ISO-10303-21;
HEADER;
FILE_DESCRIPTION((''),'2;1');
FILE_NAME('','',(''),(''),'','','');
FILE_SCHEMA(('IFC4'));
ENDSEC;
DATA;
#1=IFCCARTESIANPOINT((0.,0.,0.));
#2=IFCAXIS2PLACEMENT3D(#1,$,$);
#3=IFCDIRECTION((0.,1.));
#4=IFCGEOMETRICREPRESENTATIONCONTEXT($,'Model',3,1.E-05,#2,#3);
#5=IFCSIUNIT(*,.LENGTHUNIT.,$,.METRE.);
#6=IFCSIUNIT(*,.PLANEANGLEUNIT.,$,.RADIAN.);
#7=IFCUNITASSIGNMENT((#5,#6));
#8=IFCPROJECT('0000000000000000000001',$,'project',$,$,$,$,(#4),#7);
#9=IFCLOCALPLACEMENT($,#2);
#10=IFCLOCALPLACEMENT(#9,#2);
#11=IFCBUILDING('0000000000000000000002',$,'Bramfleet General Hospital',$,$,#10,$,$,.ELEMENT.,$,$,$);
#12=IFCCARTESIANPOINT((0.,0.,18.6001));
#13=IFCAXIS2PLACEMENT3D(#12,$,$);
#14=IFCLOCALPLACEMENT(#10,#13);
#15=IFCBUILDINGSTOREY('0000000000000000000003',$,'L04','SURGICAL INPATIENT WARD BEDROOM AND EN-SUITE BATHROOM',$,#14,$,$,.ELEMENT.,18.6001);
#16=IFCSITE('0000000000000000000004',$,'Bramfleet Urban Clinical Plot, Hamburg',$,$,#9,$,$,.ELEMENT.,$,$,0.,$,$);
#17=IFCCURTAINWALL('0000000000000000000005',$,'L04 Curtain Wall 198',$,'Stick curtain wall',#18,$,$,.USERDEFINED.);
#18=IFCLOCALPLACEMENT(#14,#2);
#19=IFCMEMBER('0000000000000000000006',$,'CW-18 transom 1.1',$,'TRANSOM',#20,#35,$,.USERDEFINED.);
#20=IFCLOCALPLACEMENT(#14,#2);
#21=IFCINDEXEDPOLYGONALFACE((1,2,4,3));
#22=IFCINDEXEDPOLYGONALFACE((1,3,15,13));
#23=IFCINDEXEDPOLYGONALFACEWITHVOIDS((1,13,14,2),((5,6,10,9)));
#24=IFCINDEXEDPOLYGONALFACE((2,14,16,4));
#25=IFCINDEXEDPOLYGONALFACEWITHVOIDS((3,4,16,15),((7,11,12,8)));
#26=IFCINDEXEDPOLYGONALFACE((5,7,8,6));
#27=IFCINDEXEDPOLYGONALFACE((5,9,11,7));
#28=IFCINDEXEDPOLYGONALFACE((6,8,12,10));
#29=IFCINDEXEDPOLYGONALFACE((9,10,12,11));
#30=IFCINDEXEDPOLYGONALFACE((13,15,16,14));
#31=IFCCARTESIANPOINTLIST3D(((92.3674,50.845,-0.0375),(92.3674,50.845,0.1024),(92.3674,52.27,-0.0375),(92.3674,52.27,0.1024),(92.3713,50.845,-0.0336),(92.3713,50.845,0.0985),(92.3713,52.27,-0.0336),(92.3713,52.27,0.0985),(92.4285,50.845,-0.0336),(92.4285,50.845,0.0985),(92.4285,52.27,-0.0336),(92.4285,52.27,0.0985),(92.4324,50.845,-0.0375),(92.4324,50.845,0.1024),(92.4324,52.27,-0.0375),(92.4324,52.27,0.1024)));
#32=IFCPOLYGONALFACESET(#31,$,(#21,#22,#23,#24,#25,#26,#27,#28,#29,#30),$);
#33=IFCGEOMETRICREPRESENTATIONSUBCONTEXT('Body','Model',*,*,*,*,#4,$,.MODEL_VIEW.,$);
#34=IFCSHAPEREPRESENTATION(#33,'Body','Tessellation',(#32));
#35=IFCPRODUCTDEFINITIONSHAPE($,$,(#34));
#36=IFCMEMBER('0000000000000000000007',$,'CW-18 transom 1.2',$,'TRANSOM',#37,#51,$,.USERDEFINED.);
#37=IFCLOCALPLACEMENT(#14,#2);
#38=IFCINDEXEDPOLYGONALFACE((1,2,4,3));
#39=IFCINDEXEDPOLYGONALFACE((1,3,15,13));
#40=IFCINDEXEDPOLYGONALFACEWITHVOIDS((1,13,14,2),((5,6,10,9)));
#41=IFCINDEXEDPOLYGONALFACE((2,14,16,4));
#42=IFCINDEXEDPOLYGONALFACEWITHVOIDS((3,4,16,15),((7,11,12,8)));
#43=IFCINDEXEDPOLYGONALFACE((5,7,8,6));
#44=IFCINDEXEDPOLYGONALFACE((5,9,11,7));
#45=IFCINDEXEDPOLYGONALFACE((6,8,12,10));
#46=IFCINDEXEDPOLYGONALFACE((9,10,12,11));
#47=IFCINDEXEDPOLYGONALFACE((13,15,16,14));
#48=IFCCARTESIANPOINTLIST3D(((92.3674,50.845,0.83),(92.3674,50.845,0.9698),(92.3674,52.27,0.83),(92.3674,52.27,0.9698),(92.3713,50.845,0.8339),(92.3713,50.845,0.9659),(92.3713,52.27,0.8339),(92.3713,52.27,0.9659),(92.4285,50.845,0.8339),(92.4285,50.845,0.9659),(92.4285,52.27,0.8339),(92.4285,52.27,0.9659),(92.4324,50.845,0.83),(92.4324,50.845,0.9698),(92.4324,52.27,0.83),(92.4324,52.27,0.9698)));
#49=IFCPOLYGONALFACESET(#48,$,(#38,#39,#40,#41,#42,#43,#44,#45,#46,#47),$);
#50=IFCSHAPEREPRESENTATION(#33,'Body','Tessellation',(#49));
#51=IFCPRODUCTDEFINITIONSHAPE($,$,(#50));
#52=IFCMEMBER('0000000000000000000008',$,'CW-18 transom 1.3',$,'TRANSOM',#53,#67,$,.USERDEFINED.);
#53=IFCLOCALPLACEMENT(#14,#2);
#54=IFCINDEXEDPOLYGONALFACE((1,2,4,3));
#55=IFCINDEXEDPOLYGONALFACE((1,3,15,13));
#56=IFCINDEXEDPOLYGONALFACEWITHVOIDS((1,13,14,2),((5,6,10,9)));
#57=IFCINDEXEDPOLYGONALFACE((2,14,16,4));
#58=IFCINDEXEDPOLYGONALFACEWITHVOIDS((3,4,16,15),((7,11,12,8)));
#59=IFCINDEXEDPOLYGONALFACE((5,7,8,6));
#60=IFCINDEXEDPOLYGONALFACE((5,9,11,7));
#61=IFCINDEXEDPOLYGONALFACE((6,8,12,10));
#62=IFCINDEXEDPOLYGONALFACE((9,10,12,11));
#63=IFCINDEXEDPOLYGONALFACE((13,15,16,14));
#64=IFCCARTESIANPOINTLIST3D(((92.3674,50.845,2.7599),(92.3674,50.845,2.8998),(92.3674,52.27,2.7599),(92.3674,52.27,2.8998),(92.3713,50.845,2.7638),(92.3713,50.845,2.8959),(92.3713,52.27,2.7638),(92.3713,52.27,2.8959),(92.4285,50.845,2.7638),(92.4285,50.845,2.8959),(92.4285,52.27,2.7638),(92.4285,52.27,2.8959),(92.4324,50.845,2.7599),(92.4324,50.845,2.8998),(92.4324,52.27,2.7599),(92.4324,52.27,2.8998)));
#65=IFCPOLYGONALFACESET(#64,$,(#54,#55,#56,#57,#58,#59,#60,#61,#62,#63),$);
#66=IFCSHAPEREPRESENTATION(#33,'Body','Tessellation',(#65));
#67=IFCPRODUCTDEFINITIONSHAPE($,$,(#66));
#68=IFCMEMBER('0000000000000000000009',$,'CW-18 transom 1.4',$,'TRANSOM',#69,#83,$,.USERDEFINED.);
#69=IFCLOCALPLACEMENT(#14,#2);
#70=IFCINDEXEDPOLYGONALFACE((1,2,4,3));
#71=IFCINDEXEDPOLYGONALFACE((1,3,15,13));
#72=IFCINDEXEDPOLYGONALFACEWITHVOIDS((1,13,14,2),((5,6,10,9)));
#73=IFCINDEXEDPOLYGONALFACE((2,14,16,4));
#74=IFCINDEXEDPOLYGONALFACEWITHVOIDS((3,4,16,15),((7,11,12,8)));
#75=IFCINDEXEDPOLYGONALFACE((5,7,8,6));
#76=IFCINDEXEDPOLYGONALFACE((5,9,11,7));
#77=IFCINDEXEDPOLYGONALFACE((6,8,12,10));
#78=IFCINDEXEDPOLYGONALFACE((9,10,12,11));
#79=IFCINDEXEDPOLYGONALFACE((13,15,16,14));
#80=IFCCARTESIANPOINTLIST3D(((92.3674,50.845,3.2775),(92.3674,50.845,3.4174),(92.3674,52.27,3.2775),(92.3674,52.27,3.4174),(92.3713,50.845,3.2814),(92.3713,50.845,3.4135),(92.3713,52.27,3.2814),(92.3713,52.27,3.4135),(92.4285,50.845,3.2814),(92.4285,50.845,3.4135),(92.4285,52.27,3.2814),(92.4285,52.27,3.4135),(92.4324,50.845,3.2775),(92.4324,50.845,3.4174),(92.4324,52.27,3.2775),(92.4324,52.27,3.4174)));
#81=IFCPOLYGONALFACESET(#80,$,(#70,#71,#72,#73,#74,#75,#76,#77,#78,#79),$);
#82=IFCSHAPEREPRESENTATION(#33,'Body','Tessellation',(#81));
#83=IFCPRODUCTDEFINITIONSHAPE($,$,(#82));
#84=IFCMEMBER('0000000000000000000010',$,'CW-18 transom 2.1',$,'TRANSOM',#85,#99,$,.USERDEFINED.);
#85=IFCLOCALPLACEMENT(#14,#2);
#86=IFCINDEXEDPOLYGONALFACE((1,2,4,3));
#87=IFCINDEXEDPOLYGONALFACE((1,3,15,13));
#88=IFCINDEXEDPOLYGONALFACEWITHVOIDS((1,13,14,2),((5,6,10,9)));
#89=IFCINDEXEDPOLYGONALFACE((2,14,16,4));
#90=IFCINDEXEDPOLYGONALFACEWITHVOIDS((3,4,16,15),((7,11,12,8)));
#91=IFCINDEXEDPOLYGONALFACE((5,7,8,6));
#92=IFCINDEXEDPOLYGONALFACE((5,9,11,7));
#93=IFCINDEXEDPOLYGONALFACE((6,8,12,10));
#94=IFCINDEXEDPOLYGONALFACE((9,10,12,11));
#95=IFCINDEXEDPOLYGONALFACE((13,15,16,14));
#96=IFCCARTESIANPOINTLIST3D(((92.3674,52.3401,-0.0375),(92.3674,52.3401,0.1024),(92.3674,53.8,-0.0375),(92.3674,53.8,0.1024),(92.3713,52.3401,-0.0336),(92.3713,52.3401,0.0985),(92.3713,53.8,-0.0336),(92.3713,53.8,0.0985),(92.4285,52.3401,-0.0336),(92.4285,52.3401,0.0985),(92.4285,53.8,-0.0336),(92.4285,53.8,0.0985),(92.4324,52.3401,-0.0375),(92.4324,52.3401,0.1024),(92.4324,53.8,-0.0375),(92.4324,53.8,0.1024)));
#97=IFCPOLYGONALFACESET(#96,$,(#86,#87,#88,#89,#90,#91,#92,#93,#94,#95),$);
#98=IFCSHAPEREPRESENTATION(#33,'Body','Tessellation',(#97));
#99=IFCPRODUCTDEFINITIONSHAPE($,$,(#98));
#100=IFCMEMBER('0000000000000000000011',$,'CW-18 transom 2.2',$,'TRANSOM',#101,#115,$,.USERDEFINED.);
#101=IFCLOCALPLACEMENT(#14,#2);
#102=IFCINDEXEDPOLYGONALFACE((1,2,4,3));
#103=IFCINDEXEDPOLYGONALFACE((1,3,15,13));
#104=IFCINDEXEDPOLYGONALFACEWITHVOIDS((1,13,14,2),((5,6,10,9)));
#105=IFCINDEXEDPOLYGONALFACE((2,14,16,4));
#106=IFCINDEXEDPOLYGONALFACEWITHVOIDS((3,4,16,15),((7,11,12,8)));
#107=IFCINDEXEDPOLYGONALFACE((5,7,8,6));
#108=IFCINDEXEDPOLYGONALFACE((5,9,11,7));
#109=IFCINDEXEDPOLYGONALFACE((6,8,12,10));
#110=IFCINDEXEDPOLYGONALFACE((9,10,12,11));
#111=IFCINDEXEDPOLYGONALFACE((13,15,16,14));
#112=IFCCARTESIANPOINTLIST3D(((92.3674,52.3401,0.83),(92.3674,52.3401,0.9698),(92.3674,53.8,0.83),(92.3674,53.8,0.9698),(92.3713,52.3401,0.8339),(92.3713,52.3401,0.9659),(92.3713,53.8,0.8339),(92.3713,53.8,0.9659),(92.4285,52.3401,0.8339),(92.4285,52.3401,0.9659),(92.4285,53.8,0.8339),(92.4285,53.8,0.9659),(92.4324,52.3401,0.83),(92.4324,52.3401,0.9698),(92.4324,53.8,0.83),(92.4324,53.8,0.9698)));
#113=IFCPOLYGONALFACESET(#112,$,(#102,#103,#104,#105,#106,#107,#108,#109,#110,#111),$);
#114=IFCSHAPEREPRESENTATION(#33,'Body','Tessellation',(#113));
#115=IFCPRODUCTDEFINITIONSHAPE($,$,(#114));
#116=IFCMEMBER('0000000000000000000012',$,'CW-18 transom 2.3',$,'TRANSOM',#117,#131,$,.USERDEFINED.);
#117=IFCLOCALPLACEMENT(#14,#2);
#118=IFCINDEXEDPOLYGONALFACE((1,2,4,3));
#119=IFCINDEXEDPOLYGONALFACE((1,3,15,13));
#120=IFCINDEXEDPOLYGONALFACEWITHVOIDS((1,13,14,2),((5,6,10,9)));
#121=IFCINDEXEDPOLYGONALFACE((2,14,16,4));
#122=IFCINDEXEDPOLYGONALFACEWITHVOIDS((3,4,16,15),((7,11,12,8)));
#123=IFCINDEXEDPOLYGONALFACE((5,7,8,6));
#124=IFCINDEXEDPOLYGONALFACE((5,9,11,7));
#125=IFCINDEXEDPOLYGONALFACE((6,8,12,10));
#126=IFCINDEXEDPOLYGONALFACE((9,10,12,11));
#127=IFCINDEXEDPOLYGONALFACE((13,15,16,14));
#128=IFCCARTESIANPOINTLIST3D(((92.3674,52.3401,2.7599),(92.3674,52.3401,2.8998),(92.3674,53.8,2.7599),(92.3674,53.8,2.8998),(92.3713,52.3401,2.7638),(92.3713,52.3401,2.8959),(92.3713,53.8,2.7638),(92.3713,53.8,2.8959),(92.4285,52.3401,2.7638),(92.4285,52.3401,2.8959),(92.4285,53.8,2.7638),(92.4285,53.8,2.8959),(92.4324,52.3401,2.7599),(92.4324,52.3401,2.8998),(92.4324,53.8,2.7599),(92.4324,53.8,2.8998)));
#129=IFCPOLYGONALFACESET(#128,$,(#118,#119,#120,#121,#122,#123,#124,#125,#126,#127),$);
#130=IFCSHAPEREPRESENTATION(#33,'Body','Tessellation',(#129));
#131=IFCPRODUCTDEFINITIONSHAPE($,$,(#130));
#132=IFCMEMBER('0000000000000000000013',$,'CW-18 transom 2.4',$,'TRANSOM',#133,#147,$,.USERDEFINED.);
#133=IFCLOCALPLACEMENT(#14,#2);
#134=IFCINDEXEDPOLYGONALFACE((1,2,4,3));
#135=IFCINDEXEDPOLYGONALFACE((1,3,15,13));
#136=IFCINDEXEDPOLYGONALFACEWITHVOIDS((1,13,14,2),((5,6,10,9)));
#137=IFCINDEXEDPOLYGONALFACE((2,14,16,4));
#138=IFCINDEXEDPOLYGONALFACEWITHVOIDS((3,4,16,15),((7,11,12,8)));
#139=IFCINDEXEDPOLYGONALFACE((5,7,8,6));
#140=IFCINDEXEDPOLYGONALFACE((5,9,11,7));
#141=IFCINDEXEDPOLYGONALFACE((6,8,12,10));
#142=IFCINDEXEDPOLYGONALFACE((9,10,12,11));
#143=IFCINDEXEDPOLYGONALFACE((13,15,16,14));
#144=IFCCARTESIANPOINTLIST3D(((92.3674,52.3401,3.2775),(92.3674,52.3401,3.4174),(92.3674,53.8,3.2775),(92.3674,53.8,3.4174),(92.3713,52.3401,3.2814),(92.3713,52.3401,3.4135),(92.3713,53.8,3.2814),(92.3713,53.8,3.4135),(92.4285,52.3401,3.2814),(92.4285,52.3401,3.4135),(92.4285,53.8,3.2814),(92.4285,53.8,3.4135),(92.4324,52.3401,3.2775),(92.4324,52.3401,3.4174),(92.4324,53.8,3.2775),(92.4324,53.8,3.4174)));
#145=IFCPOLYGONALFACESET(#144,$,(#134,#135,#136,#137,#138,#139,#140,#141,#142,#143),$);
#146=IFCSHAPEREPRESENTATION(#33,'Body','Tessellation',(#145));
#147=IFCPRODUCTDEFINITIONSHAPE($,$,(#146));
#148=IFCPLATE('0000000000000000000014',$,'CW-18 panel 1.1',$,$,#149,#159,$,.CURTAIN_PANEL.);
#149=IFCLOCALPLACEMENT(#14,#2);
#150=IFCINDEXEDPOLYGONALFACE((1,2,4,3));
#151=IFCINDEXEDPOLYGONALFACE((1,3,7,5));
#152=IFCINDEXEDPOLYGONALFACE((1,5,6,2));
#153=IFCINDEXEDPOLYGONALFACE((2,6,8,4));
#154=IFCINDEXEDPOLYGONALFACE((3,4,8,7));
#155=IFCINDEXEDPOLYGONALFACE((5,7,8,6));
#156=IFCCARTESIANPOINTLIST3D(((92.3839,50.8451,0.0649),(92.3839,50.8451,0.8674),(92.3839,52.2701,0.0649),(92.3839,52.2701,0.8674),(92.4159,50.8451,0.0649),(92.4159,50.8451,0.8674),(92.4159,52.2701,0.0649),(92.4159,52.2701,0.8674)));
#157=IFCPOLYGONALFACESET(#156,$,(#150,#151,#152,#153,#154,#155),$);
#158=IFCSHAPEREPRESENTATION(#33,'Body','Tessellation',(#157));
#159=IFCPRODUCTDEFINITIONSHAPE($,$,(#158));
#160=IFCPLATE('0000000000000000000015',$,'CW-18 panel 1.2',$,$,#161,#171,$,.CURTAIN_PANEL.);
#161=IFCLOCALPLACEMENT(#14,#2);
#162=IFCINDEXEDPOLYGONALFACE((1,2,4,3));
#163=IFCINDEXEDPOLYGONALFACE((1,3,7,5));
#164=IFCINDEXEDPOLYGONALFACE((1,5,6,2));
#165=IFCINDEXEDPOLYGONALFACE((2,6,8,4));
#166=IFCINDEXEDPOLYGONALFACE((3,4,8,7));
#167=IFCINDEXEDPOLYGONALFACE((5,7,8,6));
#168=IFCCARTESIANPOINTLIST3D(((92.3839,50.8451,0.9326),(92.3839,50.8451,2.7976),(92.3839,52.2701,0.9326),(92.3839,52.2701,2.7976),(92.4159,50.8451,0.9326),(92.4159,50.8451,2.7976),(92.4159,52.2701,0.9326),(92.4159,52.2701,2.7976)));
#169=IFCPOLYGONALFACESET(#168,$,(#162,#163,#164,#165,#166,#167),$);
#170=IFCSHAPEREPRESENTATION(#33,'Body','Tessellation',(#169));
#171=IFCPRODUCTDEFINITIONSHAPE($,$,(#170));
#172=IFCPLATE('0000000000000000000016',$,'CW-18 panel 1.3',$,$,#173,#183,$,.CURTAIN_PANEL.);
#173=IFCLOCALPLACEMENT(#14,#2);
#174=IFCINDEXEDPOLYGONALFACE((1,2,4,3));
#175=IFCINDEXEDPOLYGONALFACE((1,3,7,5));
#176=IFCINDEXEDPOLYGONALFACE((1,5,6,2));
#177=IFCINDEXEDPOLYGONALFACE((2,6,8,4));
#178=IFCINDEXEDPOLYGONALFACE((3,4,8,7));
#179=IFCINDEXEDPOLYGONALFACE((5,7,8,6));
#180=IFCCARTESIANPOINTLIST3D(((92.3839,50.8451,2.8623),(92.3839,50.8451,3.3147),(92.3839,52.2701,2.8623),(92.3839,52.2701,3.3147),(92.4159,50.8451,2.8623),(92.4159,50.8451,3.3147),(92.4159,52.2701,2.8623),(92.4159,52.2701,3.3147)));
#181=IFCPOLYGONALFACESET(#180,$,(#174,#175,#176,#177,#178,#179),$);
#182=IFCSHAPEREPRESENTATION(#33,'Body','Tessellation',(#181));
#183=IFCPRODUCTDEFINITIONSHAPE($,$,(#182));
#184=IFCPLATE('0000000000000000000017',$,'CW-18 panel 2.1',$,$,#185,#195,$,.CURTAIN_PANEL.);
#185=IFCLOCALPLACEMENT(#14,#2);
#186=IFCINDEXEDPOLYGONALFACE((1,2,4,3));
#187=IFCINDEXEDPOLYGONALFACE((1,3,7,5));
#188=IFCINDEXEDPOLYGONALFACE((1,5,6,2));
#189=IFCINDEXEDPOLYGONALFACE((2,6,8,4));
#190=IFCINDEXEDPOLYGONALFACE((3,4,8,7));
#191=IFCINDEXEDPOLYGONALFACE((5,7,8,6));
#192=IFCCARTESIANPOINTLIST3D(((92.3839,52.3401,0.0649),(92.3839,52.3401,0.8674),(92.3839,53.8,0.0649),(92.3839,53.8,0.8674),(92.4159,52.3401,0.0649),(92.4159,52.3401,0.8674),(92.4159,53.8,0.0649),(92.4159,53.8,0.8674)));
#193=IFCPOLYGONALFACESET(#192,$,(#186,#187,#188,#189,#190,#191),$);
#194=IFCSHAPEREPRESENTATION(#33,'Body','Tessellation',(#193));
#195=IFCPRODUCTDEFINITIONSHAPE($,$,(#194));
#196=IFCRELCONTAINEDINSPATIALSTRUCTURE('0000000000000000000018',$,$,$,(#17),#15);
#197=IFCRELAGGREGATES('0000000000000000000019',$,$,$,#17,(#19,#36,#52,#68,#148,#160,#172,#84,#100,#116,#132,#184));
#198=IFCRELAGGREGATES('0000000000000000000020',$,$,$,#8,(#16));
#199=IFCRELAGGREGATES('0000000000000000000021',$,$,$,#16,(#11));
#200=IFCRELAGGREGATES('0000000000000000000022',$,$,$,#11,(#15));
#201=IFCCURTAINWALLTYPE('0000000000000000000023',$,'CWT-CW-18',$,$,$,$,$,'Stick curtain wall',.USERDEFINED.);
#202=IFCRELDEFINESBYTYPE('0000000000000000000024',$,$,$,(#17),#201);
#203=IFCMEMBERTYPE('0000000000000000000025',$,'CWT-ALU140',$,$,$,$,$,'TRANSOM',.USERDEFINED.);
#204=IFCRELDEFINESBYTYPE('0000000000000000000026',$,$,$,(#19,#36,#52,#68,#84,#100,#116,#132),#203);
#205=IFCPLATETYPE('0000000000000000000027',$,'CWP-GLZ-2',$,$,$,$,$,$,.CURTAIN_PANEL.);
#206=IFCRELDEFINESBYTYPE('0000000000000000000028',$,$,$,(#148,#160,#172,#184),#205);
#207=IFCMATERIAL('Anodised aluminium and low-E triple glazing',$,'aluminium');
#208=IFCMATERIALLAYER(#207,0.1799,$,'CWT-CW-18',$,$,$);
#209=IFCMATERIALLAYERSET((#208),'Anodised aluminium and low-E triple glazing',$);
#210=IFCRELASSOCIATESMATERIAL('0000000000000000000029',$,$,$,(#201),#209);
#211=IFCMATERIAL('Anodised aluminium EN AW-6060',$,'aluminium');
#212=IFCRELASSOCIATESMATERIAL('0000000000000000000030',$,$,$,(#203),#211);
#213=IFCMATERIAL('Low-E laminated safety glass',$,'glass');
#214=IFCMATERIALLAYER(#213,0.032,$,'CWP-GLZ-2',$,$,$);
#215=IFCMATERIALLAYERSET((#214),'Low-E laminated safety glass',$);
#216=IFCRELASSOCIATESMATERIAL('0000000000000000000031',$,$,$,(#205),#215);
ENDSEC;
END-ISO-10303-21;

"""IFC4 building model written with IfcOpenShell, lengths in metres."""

from ifc_helpers import new_model, si_unit, direction, frame, origin, origin_2d, place, context, subcontext, project, spatial, rectangle, hollow_rectangle, extrude, material, layer, layer_set, material_profile, profile_set, type_object, element, aggregate, save


model = new_model("IFC4")

# Units and contexts
model_context = context("Model", 3, precision=1e-05, world=origin(), true_north=direction((0.0, 1.0)))
body_context = subcontext(model_context, "Body", "Model", "MODEL_VIEW")
ifc_project = project(units=[si_unit("LENGTHUNIT", "METRE"), si_unit("PLANEANGLEUNIT", "RADIAN")], contexts=[model_context])

# Site, building, storey
site_placement = place(None, origin())
site = spatial("IfcSite", under=ifc_project, at=site_placement, Name="Bramfleet Urban Clinical Plot, Hamburg", CompositionType="ELEMENT", RefElevation=0.0)
building_placement = place(site_placement, origin())
building = spatial("IfcBuilding", under=site, at=building_placement, Name="Bramfleet General Hospital", CompositionType="ELEMENT")
storey_placement = place(building_placement, frame((0.0, 0.0, 18.6001)))
storey = spatial("IfcBuildingStorey", under=building, at=storey_placement, Name="L04", Description="SURGICAL INPATIENT WARD BEDROOM AND EN-SUITE BATHROOM", CompositionType="ELEMENT", Elevation=18.6001)

# Curtain wall, members, plates
ifc_material_1 = material(Name="Anodised aluminium and low-E triple glazing", Category="aluminium")
ifc_layer_1 = layer(ifc_material_1, 0.1799, Name="CWT-CW-18")
ifc_layer_set_1 = layer_set([ifc_layer_1], Name="Anodised aluminium and low-E triple glazing")
curtain_wall_type = type_object("IfcCurtainWallType", Name="CWT-CW-18", ElementType="Stick curtain wall", PredefinedType="USERDEFINED", material=ifc_layer_set_1)
curtain_wall_placement = place(storey_placement, origin())
curtain_wall = element("IfcCurtainWall", 1, at=curtain_wall_placement, inside=storey, type_object=curtain_wall_type, Name="L04 Curtain Wall 198", ObjectType="Stick curtain wall", PredefinedType="USERDEFINED")
ifc_material_2 = material(Name="Anodised aluminium EN AW-6060", Category="aluminium")
ifc_material_profile_1 = material_profile(ifc_material_2, hollow_rectangle(XDim=0.0649, YDim=0.1399, WallThickness=0.0039, at=origin_2d()), Name="ALU 140x65x4.0")
ifc_profile_set_1 = profile_set([ifc_material_profile_1], Name="Anodised aluminium EN AW-6060")
member_type_1 = type_object("IfcMemberType", Name="CWT-ALU140", ElementType="TRANSOM", PredefinedType="USERDEFINED", material=ifc_profile_set_1)
member_1_placement = place(storey_placement, frame((92.3999, 50.845, 0.0325), z_axis=(0.0, 1.0, 0.0), x_axis=(-1.0, 0.0, 0.0)))
member_1 = element("IfcMember", 2, at=member_1_placement, type_object=member_type_1, Name="CW-18 transom 1.1", ObjectType="TRANSOM", PredefinedType="USERDEFINED", context=body_context, shape_type="SweptSolid", body=[
    extrude(hollow_rectangle(XDim=0.0649, YDim=0.1399, WallThickness=0.0039, at=origin_2d()), origin(), (0.0, 0.0, 1.0), 1.425),
])
member_2_placement = place(storey_placement, frame((92.3999, 50.845, 0.8999), z_axis=(0.0, 1.0, 0.0), x_axis=(-1.0, 0.0, 0.0)))
member_2 = element("IfcMember", 3, at=member_2_placement, type_object=member_type_1, Name="CW-18 transom 1.2", ObjectType="TRANSOM", PredefinedType="USERDEFINED", context=body_context, shape_type="SweptSolid", body=[
    extrude(hollow_rectangle(XDim=0.0649, YDim=0.1399, WallThickness=0.0039, at=origin_2d()), origin(), (0.0, 0.0, 1.0), 1.425),
])
member_3_placement = place(storey_placement, frame((92.3999, 50.845, 2.8298), z_axis=(0.0, 1.0, 0.0), x_axis=(-1.0, 0.0, 0.0)))
member_3 = element("IfcMember", 4, at=member_3_placement, type_object=member_type_1, Name="CW-18 transom 1.3", ObjectType="TRANSOM", PredefinedType="USERDEFINED", context=body_context, shape_type="SweptSolid", body=[
    extrude(hollow_rectangle(XDim=0.0649, YDim=0.1399, WallThickness=0.0039, at=origin_2d()), origin(), (0.0, 0.0, 1.0), 1.425),
])
member_4_placement = place(storey_placement, frame((92.3999, 50.845, 3.3474), z_axis=(0.0, 1.0, 0.0), x_axis=(-1.0, 0.0, 0.0)))
member_4 = element("IfcMember", 5, at=member_4_placement, type_object=member_type_1, Name="CW-18 transom 1.4", ObjectType="TRANSOM", PredefinedType="USERDEFINED", context=body_context, shape_type="SweptSolid", body=[
    extrude(hollow_rectangle(XDim=0.0649, YDim=0.1399, WallThickness=0.0039, at=origin_2d()), origin(), (0.0, 0.0, 1.0), 1.425),
])
member_5_placement = place(storey_placement, frame((92.3999, 52.3401, 0.0325), z_axis=(0.0, 1.0, 0.0), x_axis=(-1.0, 0.0, 0.0)))
member_5 = element("IfcMember", 6, at=member_5_placement, type_object=member_type_1, Name="CW-18 transom 2.1", ObjectType="TRANSOM", PredefinedType="USERDEFINED", context=body_context, shape_type="SweptSolid", body=[
    extrude(hollow_rectangle(XDim=0.0649, YDim=0.1399, WallThickness=0.0039, at=origin_2d()), origin(), (0.0, 0.0, 1.0), 1.46),
])
member_6_placement = place(storey_placement, frame((92.3999, 52.3401, 0.8999), z_axis=(0.0, 1.0, 0.0), x_axis=(-1.0, 0.0, 0.0)))
member_6 = element("IfcMember", 7, at=member_6_placement, type_object=member_type_1, Name="CW-18 transom 2.2", ObjectType="TRANSOM", PredefinedType="USERDEFINED", context=body_context, shape_type="SweptSolid", body=[
    extrude(hollow_rectangle(XDim=0.0649, YDim=0.1399, WallThickness=0.0039, at=origin_2d()), origin(), (0.0, 0.0, 1.0), 1.46),
])
member_7_placement = place(storey_placement, frame((92.3999, 52.3401, 2.8298), z_axis=(0.0, 1.0, 0.0), x_axis=(-1.0, 0.0, 0.0)))
member_7 = element("IfcMember", 8, at=member_7_placement, type_object=member_type_1, Name="CW-18 transom 2.3", ObjectType="TRANSOM", PredefinedType="USERDEFINED", context=body_context, shape_type="SweptSolid", body=[
    extrude(hollow_rectangle(XDim=0.0649, YDim=0.1399, WallThickness=0.0039, at=origin_2d()), origin(), (0.0, 0.0, 1.0), 1.46),
])
member_8_placement = place(storey_placement, frame((92.3999, 52.3401, 3.3474), z_axis=(0.0, 1.0, 0.0), x_axis=(-1.0, 0.0, 0.0)))
member_8 = element("IfcMember", 9, at=member_8_placement, type_object=member_type_1, Name="CW-18 transom 2.4", ObjectType="TRANSOM", PredefinedType="USERDEFINED", context=body_context, shape_type="SweptSolid", body=[
    extrude(hollow_rectangle(XDim=0.0649, YDim=0.1399, WallThickness=0.0039, at=origin_2d()), origin(), (0.0, 0.0, 1.0), 1.46),
])
ifc_material_3 = material(Name="Low-E laminated safety glass", Category="glass")
ifc_layer_2 = layer(ifc_material_3, 0.032, Name="CWP-GLZ-2")
ifc_layer_set_2 = layer_set([ifc_layer_2], Name="Low-E laminated safety glass")
plate_type = type_object("IfcPlateType", Name="CWP-GLZ-2", PredefinedType="CURTAIN_PANEL", material=ifc_layer_set_2)
plate_1_placement = place(storey_placement, frame((92.3999, 51.5576, 0.0649), z_axis=(0.0, 0.0, 1.0), x_axis=(0.0, 1.0, 0.0)))
plate_1 = element("IfcPlate", 10, at=plate_1_placement, type_object=plate_type, Name="CW-18 panel 1.1", PredefinedType="CURTAIN_PANEL", context=body_context, shape_type="SweptSolid", body=[
    extrude(rectangle(XDim=1.425, YDim=0.032, at=origin_2d()), origin(), (0.0, 0.0, 1.0), 0.8025),
])
plate_2_placement = place(storey_placement, frame((92.3999, 51.5576, 0.9326), z_axis=(0.0, 0.0, 1.0), x_axis=(0.0, 1.0, 0.0)))
plate_2 = element("IfcPlate", 11, at=plate_2_placement, type_object=plate_type, Name="CW-18 panel 1.2", PredefinedType="CURTAIN_PANEL", context=body_context, shape_type="SweptSolid", body=[
    extrude(rectangle(XDim=1.425, YDim=0.032, at=origin_2d()), origin(), (0.0, 0.0, 1.0), 1.865),
])
plate_3_placement = place(storey_placement, frame((92.3999, 51.5576, 2.8623), z_axis=(0.0, 0.0, 1.0), x_axis=(0.0, 1.0, 0.0)))
plate_3 = element("IfcPlate", 12, at=plate_3_placement, type_object=plate_type, Name="CW-18 panel 1.3", PredefinedType="CURTAIN_PANEL", context=body_context, shape_type="SweptSolid", body=[
    extrude(rectangle(XDim=1.425, YDim=0.032, at=origin_2d()), origin(), (0.0, 0.0, 1.0), 0.4524),
])
plate_4_placement = place(storey_placement, frame((92.3999, 53.0701, 0.0649), z_axis=(0.0, 0.0, 1.0), x_axis=(0.0, 1.0, 0.0)))
plate_4 = element("IfcPlate", 13, at=plate_4_placement, type_object=plate_type, Name="CW-18 panel 2.1", PredefinedType="CURTAIN_PANEL", context=body_context, shape_type="SweptSolid", body=[
    extrude(rectangle(XDim=1.46, YDim=0.032, at=origin_2d()), origin(), (0.0, 0.0, 1.0), 0.8025),
])
aggregate(curtain_wall, [member_1, member_2, member_3, member_4, plate_1, plate_2, plate_3, member_5, member_6, member_7, member_8, plate_4])

save(model, "model.ifc")
